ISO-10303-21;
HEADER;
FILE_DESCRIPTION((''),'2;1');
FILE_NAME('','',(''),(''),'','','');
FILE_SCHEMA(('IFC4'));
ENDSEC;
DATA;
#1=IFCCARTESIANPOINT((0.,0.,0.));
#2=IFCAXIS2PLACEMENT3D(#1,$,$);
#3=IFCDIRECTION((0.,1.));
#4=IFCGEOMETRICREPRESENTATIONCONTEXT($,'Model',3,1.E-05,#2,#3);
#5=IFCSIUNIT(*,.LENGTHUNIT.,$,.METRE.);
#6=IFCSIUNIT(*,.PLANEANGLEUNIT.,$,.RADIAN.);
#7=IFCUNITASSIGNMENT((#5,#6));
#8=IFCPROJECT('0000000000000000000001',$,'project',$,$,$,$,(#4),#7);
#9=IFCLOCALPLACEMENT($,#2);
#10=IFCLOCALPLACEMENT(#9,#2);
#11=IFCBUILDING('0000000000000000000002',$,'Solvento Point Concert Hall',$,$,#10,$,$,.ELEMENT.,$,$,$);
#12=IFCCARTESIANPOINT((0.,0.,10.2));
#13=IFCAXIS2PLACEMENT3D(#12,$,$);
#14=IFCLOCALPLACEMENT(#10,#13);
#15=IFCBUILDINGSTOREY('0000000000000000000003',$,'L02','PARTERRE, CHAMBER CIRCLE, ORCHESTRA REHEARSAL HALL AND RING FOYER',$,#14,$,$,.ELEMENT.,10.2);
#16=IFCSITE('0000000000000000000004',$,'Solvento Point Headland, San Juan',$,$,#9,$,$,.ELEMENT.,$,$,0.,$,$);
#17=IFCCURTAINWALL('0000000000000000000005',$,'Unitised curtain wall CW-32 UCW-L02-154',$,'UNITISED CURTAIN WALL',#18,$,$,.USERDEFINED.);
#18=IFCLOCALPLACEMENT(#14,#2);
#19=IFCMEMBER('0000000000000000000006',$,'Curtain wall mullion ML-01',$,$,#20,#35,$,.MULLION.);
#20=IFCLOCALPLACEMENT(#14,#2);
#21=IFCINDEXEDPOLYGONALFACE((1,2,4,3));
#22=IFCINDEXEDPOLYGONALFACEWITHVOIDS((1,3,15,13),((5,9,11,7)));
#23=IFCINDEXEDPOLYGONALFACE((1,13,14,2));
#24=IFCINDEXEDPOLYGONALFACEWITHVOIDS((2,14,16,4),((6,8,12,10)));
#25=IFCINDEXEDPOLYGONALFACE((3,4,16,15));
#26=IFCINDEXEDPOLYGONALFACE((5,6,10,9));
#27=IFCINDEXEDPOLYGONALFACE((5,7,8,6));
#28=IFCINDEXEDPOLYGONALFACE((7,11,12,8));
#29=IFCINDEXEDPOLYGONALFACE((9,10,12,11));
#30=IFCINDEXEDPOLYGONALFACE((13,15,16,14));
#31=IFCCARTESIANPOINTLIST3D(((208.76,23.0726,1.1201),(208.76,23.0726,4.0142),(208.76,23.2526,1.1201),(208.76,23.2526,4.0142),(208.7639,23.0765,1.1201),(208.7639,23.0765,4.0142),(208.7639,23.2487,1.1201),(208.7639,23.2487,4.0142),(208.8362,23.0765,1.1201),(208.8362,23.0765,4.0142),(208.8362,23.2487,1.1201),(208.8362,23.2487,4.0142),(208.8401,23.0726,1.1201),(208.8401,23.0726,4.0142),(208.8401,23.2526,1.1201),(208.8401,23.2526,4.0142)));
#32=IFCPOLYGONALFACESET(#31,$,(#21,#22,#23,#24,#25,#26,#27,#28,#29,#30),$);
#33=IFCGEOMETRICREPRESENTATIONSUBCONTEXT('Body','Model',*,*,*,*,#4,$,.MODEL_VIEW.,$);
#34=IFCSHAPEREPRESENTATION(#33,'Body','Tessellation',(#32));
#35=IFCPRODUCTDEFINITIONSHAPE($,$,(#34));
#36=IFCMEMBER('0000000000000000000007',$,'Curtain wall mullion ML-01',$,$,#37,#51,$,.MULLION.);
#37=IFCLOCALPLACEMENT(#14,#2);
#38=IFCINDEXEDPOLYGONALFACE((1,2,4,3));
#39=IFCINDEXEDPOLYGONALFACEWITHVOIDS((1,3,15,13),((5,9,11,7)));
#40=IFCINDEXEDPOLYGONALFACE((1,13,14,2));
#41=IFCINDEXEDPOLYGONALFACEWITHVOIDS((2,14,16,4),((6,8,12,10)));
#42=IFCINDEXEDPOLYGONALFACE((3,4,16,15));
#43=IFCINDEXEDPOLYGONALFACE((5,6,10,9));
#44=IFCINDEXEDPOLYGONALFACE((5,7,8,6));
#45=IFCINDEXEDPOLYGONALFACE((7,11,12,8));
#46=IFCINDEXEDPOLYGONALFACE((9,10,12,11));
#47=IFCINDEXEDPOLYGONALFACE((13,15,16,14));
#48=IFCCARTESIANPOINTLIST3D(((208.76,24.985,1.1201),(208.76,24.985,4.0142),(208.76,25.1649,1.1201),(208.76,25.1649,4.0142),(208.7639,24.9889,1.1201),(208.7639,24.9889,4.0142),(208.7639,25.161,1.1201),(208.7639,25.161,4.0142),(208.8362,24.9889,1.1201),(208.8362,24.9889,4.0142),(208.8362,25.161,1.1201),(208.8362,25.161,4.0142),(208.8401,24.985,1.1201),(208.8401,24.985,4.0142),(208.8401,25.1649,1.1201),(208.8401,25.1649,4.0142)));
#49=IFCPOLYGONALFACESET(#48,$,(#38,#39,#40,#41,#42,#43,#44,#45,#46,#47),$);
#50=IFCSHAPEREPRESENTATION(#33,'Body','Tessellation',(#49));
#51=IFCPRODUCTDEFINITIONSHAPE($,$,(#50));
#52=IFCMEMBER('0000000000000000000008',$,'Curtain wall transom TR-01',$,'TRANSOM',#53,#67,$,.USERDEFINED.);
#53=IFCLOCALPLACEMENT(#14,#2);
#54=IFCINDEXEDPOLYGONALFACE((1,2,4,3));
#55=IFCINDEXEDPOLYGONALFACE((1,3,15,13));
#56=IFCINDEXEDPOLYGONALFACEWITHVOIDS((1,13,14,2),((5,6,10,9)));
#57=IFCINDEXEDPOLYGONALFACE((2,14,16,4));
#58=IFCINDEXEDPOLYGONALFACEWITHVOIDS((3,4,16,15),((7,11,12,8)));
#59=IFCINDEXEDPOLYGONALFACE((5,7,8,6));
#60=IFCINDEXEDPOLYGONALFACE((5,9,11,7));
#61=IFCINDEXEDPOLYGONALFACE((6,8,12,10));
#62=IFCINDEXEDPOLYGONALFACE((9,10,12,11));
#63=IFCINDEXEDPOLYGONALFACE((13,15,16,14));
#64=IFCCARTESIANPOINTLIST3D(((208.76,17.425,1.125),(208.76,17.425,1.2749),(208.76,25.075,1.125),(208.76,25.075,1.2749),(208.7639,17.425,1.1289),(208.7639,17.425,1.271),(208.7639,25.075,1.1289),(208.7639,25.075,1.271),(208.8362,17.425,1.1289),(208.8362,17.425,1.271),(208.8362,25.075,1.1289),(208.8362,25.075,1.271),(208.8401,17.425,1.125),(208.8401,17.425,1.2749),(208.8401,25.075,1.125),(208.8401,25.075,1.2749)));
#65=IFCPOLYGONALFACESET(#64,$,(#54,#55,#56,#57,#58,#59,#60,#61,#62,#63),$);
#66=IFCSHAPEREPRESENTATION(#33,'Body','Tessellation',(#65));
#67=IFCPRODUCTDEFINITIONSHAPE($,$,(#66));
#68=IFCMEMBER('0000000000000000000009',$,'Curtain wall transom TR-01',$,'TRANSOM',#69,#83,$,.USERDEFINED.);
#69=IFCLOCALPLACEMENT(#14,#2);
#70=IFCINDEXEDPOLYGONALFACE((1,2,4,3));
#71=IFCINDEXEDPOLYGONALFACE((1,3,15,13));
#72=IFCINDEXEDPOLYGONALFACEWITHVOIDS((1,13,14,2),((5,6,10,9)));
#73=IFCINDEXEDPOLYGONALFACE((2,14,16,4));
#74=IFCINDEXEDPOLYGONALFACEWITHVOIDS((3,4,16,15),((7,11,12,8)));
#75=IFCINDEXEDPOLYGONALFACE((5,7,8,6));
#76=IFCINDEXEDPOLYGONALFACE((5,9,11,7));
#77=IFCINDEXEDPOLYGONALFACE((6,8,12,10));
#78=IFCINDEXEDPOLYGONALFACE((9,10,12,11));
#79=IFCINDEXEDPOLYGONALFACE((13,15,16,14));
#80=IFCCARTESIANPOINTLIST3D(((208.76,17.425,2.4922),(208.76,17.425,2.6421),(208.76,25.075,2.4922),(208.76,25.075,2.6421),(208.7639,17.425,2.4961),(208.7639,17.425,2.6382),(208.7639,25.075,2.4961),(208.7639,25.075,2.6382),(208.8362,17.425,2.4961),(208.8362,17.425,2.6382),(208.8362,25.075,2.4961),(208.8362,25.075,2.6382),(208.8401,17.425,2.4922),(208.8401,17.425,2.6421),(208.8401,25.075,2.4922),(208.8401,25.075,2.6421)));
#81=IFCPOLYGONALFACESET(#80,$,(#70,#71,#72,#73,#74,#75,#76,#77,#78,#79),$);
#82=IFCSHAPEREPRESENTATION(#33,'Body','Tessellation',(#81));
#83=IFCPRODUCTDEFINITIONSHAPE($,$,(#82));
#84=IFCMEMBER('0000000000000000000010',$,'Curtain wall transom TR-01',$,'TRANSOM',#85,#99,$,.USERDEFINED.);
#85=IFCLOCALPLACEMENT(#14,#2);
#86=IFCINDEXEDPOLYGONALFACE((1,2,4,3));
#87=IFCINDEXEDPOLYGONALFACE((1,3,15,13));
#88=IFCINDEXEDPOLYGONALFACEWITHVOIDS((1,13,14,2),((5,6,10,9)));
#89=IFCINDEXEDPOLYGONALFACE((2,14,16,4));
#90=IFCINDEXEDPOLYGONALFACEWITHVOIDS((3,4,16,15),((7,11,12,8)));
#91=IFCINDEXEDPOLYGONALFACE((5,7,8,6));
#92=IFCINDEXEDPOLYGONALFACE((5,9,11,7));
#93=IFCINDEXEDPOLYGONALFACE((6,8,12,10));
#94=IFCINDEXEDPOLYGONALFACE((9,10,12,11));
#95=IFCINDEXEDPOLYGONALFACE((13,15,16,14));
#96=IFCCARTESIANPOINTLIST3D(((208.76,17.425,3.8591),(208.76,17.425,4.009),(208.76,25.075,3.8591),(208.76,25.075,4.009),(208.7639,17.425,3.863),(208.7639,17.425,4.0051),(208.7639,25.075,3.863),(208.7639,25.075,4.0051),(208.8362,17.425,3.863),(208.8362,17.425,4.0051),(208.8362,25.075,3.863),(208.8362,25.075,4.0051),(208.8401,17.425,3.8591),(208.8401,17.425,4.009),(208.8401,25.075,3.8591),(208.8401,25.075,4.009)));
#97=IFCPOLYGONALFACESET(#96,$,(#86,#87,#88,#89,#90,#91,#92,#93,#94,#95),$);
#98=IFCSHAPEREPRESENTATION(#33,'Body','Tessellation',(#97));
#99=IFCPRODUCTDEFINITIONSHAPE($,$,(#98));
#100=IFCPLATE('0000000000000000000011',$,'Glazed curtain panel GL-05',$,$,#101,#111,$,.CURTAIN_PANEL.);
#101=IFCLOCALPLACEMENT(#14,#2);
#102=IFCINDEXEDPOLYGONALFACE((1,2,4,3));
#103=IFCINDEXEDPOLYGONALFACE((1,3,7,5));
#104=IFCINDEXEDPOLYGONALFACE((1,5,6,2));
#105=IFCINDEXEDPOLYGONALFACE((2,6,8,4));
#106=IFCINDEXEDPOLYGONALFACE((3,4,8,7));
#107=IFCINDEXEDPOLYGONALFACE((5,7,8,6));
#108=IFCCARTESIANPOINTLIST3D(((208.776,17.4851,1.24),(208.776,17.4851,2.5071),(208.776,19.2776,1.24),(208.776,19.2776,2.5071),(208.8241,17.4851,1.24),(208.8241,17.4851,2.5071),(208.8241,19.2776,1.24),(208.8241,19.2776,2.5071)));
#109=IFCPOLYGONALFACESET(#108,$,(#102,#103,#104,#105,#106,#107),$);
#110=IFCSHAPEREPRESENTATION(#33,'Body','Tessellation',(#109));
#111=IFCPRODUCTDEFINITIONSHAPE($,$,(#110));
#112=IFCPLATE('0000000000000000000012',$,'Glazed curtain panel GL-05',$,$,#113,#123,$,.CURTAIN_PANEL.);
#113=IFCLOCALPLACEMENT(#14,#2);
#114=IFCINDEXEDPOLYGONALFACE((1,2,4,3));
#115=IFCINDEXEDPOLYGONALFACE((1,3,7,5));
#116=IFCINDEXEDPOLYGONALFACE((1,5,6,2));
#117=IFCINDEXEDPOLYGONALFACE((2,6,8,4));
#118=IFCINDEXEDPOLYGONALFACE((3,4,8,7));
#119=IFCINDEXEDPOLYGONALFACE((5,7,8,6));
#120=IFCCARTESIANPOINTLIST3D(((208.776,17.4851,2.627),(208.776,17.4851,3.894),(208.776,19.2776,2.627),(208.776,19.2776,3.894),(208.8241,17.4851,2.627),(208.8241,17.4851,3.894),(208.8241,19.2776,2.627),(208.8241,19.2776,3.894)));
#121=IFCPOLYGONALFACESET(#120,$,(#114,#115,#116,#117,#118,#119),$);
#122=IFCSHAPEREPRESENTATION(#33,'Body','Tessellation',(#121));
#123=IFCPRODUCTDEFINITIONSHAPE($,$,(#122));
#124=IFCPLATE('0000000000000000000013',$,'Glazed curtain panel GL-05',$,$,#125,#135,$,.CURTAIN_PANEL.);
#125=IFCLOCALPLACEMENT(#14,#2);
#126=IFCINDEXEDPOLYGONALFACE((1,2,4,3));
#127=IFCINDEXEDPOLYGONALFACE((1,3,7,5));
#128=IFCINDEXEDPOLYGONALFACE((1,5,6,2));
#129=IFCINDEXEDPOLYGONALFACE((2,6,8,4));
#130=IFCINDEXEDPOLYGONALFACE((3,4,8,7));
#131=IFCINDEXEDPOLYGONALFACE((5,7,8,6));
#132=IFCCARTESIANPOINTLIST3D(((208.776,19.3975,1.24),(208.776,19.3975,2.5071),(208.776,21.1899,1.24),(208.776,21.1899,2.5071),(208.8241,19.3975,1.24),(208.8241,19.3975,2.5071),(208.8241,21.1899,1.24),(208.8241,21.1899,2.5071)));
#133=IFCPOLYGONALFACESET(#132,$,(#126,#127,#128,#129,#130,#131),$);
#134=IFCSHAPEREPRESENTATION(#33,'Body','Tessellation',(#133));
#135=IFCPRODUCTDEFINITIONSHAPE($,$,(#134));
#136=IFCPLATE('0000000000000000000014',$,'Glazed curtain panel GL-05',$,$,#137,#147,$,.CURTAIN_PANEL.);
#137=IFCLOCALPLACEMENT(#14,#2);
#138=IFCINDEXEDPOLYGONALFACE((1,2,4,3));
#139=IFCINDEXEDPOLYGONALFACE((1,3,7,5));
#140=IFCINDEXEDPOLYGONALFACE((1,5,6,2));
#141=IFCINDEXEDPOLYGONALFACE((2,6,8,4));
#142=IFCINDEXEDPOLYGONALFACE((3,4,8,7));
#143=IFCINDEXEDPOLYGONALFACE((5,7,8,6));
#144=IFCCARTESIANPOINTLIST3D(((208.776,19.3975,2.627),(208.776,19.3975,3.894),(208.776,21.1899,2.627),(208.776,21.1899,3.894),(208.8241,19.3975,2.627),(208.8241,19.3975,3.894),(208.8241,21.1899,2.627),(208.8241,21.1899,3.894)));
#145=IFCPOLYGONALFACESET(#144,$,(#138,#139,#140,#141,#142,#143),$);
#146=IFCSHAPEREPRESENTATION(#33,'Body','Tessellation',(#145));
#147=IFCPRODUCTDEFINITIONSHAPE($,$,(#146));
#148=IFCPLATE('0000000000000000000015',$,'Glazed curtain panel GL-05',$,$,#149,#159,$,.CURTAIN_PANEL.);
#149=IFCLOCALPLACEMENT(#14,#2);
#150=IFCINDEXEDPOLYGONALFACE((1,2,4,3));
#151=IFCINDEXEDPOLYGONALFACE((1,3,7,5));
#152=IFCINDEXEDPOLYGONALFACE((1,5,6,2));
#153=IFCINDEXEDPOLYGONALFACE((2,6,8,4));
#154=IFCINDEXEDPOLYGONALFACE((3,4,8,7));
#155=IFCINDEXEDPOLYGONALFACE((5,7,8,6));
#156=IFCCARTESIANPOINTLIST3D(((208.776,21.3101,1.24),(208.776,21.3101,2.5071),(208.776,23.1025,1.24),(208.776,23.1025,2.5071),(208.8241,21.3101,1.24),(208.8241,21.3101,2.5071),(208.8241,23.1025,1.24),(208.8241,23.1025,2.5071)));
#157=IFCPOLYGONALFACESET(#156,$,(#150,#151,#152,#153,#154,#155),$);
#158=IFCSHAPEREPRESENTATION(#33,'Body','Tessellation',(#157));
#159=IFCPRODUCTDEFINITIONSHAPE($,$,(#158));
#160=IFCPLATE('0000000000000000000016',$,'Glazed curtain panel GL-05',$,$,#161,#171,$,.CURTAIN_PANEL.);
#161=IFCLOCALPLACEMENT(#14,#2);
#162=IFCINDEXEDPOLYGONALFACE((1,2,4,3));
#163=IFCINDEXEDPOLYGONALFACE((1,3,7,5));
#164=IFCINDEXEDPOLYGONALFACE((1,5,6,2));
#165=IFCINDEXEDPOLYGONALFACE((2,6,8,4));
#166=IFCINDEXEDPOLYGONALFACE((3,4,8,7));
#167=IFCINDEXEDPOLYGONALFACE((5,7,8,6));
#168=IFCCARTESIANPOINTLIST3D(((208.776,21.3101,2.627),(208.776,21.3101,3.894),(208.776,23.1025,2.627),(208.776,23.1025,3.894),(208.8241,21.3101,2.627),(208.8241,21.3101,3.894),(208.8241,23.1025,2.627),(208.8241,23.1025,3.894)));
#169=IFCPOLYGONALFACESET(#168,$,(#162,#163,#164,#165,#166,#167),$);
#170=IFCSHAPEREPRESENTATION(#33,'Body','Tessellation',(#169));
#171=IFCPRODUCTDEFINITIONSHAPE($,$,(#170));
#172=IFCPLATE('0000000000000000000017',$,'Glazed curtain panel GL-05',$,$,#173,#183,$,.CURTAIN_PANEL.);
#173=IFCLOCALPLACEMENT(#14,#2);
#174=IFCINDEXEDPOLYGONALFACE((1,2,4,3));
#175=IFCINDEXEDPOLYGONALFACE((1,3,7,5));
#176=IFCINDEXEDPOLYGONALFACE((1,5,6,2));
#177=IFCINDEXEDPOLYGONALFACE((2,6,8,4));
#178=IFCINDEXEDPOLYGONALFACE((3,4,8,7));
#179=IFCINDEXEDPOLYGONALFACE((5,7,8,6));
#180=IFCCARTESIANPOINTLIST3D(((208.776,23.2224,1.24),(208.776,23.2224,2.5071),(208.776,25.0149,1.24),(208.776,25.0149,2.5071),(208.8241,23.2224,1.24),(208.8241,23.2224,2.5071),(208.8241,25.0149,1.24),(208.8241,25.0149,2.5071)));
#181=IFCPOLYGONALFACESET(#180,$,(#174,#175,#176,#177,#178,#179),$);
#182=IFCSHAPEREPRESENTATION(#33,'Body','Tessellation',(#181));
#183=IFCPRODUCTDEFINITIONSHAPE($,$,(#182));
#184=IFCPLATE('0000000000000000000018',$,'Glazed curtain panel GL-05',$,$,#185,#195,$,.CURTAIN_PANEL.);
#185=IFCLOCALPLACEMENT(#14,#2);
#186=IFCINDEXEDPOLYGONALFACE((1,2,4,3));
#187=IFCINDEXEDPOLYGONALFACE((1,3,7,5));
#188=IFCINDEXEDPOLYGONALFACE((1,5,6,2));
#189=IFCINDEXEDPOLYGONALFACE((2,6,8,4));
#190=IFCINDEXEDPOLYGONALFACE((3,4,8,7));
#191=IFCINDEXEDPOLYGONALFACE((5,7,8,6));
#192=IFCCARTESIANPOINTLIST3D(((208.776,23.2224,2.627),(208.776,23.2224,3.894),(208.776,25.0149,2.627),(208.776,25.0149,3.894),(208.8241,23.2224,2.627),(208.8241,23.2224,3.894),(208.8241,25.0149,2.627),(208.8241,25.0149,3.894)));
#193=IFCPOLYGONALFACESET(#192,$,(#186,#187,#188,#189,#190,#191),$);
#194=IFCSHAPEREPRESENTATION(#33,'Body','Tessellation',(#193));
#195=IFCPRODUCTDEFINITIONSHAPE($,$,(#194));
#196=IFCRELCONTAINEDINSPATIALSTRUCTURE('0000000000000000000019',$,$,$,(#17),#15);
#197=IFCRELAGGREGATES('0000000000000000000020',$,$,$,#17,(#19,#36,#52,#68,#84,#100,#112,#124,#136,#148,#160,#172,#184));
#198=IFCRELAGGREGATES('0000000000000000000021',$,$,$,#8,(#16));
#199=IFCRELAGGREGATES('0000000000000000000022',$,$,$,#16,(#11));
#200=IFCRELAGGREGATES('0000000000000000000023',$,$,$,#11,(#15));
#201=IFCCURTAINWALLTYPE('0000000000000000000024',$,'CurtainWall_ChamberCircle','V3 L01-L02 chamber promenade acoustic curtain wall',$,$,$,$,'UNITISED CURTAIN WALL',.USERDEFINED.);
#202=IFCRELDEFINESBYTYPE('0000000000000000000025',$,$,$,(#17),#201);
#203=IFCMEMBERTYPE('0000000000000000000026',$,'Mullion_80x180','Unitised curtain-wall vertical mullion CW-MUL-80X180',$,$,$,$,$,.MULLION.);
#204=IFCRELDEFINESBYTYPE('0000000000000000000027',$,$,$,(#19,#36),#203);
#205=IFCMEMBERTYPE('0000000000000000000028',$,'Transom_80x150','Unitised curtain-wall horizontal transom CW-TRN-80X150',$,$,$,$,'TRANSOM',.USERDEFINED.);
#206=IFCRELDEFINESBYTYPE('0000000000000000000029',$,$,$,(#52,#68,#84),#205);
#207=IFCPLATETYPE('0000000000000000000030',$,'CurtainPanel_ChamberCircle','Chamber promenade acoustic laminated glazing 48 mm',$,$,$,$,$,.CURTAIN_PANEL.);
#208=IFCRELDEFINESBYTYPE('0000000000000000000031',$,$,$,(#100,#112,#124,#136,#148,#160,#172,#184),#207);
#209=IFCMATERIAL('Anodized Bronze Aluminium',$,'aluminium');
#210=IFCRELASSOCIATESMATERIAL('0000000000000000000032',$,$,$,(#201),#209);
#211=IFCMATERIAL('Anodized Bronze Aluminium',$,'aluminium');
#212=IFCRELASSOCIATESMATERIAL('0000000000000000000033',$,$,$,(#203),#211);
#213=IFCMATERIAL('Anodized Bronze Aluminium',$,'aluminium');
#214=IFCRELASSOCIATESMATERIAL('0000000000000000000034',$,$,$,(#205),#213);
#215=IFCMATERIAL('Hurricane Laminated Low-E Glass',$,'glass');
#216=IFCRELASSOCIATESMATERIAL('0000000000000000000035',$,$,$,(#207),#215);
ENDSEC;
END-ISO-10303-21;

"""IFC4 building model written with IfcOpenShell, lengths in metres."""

from ifc_helpers import new_model, si_unit, direction, frame, origin, origin_2d, place, context, subcontext, project, spatial, rectangle, hollow_rectangle, extrude, material, material_profile, profile_set, type_object, element, aggregate, save


model = new_model("IFC4")

# Units and contexts
model_context = context("Model", 3, precision=1e-05, world=origin(), true_north=direction((0.0, 1.0)))
body_context = subcontext(model_context, "Body", "Model", "MODEL_VIEW")
ifc_project = project(units=[si_unit("LENGTHUNIT", "METRE"), si_unit("PLANEANGLEUNIT", "RADIAN")], contexts=[model_context])

# Site, building, storey
site_placement = place(None, origin())
site = spatial("IfcSite", under=ifc_project, at=site_placement, Name="Solvento Point Headland, San Juan", CompositionType="ELEMENT", RefElevation=0.0)
building_placement = place(site_placement, origin())
building = spatial("IfcBuilding", under=site, at=building_placement, Name="Solvento Point Concert Hall", CompositionType="ELEMENT")
storey_placement = place(building_placement, frame((0.0, 0.0, 10.2)))
storey = spatial("IfcBuildingStorey", under=building, at=storey_placement, Name="L02", Description="PARTERRE, CHAMBER CIRCLE, ORCHESTRA REHEARSAL HALL AND RING FOYER", CompositionType="ELEMENT", Elevation=10.2)

# Curtain wall, members, plates
ifc_material_1 = material(Name="Anodized Bronze Aluminium", Category="aluminium")
curtain_wall_type = type_object("IfcCurtainWallType", Name="CurtainWall_ChamberCircle", Description="V3 L01-L02 chamber promenade acoustic curtain wall", ElementType="UNITISED CURTAIN WALL", PredefinedType="USERDEFINED", material=ifc_material_1)
curtain_wall_placement = place(storey_placement, origin())
curtain_wall = element("IfcCurtainWall", 1, at=curtain_wall_placement, inside=storey, type_object=curtain_wall_type, Name="Unitised curtain wall CW-32 UCW-L02-154", ObjectType="UNITISED CURTAIN WALL", PredefinedType="USERDEFINED")
ifc_material_2 = material(Name="Anodized Bronze Aluminium", Category="aluminium")
ifc_material_profile_1 = material_profile(ifc_material_2, hollow_rectangle(XDim=0.0801, YDim=0.1799, WallThickness=0.0039, at=origin_2d()), Name="CW-MUL-80X180")
ifc_profile_set_1 = profile_set([ifc_material_profile_1], Name="Anodized Bronze Aluminium")
member_type_1 = type_object("IfcMemberType", Name="Mullion_80x180", Description="Unitised curtain-wall vertical mullion CW-MUL-80X180", PredefinedType="MULLION", material=ifc_profile_set_1)
member_1_placement = place(storey_placement, frame((208.8, 23.1626, 1.1201), z_axis=(0.0, 0.0, 1.0), x_axis=(1.0, 0.0, 0.0)))
member_1 = element("IfcMember", 2, at=member_1_placement, type_object=member_type_1, Name="Curtain wall mullion ML-01", PredefinedType="MULLION", context=body_context, shape_type="SweptSolid", body=[
    extrude(hollow_rectangle(XDim=0.0801, YDim=0.1799, WallThickness=0.0039, at=origin_2d()), origin(), (0.0, 0.0, 1.0), 2.894),
])
member_2_placement = place(storey_placement, frame((208.8, 25.075, 1.1201), z_axis=(0.0, 0.0, 1.0), x_axis=(1.0, 0.0, 0.0)))
member_2 = element("IfcMember", 3, at=member_2_placement, type_object=member_type_1, Name="Curtain wall mullion ML-01", PredefinedType="MULLION", context=body_context, shape_type="SweptSolid", body=[
    extrude(hollow_rectangle(XDim=0.0801, YDim=0.1799, WallThickness=0.0039, at=origin_2d()), origin(), (0.0, 0.0, 1.0), 2.894),
])
ifc_material_3 = material(Name="Anodized Bronze Aluminium", Category="aluminium")
ifc_material_profile_2 = material_profile(ifc_material_3, hollow_rectangle(XDim=0.0801, YDim=0.1499, WallThickness=0.0039, at=origin_2d()), Name="CW-TRN-80X150")
ifc_profile_set_2 = profile_set([ifc_material_profile_2], Name="Anodized Bronze Aluminium")
member_type_2 = type_object("IfcMemberType", Name="Transom_80x150", Description="Unitised curtain-wall horizontal transom CW-TRN-80X150", ElementType="TRANSOM", PredefinedType="USERDEFINED", material=ifc_profile_set_2)
member_3_placement = place(storey_placement, frame((208.8, 17.425, 1.2), z_axis=(0.0, 1.0, 0.0), x_axis=(-1.0, 0.0, 0.0)))
member_3 = element("IfcMember", 4, at=member_3_placement, type_object=member_type_2, Name="Curtain wall transom TR-01", ObjectType="TRANSOM", PredefinedType="USERDEFINED", context=body_context, shape_type="SweptSolid", body=[
    extrude(hollow_rectangle(XDim=0.0801, YDim=0.1499, WallThickness=0.0039, at=origin_2d()), origin(), (0.0, 0.0, 1.0), 7.6499),
])
member_4_placement = place(storey_placement, frame((208.8, 17.425, 2.5671), z_axis=(0.0, 1.0, 0.0), x_axis=(-1.0, 0.0, 0.0)))
member_4 = element("IfcMember", 5, at=member_4_placement, type_object=member_type_2, Name="Curtain wall transom TR-01", ObjectType="TRANSOM", PredefinedType="USERDEFINED", context=body_context, shape_type="SweptSolid", body=[
    extrude(hollow_rectangle(XDim=0.0801, YDim=0.1499, WallThickness=0.0039, at=origin_2d()), origin(), (0.0, 0.0, 1.0), 7.6499),
])
member_5_placement = place(storey_placement, frame((208.8, 17.425, 3.9341), z_axis=(0.0, 1.0, 0.0), x_axis=(-1.0, 0.0, 0.0)))
member_5 = element("IfcMember", 6, at=member_5_placement, type_object=member_type_2, Name="Curtain wall transom TR-01", ObjectType="TRANSOM", PredefinedType="USERDEFINED", context=body_context, shape_type="SweptSolid", body=[
    extrude(hollow_rectangle(XDim=0.0801, YDim=0.1499, WallThickness=0.0039, at=origin_2d()), origin(), (0.0, 0.0, 1.0), 7.6499),
])
ifc_material_4 = material(Name="Hurricane Laminated Low-E Glass", Category="glass")
plate_type = type_object("IfcPlateType", Name="CurtainPanel_ChamberCircle", Description="Chamber promenade acoustic laminated glazing 48 mm", PredefinedType="CURTAIN_PANEL", material=ifc_material_4)
plate_1_placement = place(storey_placement, frame((208.8, 18.3813, 1.24), z_axis=(0.0, 0.0, 1.0), x_axis=(0.0, 1.0, 0.0)))
plate_1 = element("IfcPlate", 7, at=plate_1_placement, type_object=plate_type, Name="Glazed curtain panel GL-05", PredefinedType="CURTAIN_PANEL", context=body_context, shape_type="SweptSolid", body=[
    extrude(rectangle(XDim=1.7925, YDim=0.0481, at=origin_2d()), origin(), (0.0, 0.0, 1.0), 1.2671),
])
plate_2_placement = place(storey_placement, frame((208.8, 18.3813, 2.627), z_axis=(0.0, 0.0, 1.0), x_axis=(0.0, 1.0, 0.0)))
plate_2 = element("IfcPlate", 8, at=plate_2_placement, type_object=plate_type, Name="Glazed curtain panel GL-05", PredefinedType="CURTAIN_PANEL", context=body_context, shape_type="SweptSolid", body=[
    extrude(rectangle(XDim=1.7925, YDim=0.0481, at=origin_2d()), origin(), (0.0, 0.0, 1.0), 1.2671),
])
plate_3_placement = place(storey_placement, frame((208.8, 20.2937, 1.24), z_axis=(0.0, 0.0, 1.0), x_axis=(0.0, 1.0, 0.0)))
plate_3 = element("IfcPlate", 9, at=plate_3_placement, type_object=plate_type, Name="Glazed curtain panel GL-05", PredefinedType="CURTAIN_PANEL", context=body_context, shape_type="SweptSolid", body=[
    extrude(rectangle(XDim=1.7925, YDim=0.0481, at=origin_2d()), origin(), (0.0, 0.0, 1.0), 1.2671),
])
plate_4_placement = place(storey_placement, frame((208.8, 20.2937, 2.627), z_axis=(0.0, 0.0, 1.0), x_axis=(0.0, 1.0, 0.0)))
plate_4 = element("IfcPlate", 10, at=plate_4_placement, type_object=plate_type, Name="Glazed curtain panel GL-05", PredefinedType="CURTAIN_PANEL", context=body_context, shape_type="SweptSolid", body=[
    extrude(rectangle(XDim=1.7925, YDim=0.0481, at=origin_2d()), origin(), (0.0, 0.0, 1.0), 1.2671),
])
plate_5_placement = place(storey_placement, frame((208.8, 22.2063, 1.24), z_axis=(0.0, 0.0, 1.0), x_axis=(0.0, 1.0, 0.0)))
plate_5 = element("IfcPlate", 11, at=plate_5_placement, type_object=plate_type, Name="Glazed curtain panel GL-05", PredefinedType="CURTAIN_PANEL", context=body_context, shape_type="SweptSolid", body=[
    extrude(rectangle(XDim=1.7925, YDim=0.0481, at=origin_2d()), origin(), (0.0, 0.0, 1.0), 1.2671),
])
plate_6_placement = place(storey_placement, frame((208.8, 22.2063, 2.627), z_axis=(0.0, 0.0, 1.0), x_axis=(0.0, 1.0, 0.0)))
plate_6 = element("IfcPlate", 12, at=plate_6_placement, type_object=plate_type, Name="Glazed curtain panel GL-05", PredefinedType="CURTAIN_PANEL", context=body_context, shape_type="SweptSolid", body=[
    extrude(rectangle(XDim=1.7925, YDim=0.0481, at=origin_2d()), origin(), (0.0, 0.0, 1.0), 1.2671),
])
plate_7_placement = place(storey_placement, frame((208.8, 24.1187, 1.24), z_axis=(0.0, 0.0, 1.0), x_axis=(0.0, 1.0, 0.0)))
plate_7 = element("IfcPlate", 13, at=plate_7_placement, type_object=plate_type, Name="Glazed curtain panel GL-05", PredefinedType="CURTAIN_PANEL", context=body_context, shape_type="SweptSolid", body=[
    extrude(rectangle(XDim=1.7925, YDim=0.0481, at=origin_2d()), origin(), (0.0, 0.0, 1.0), 1.2671),
])
plate_8_placement = place(storey_placement, frame((208.8, 24.1187, 2.627), z_axis=(0.0, 0.0, 1.0), x_axis=(0.0, 1.0, 0.0)))
plate_8 = element("IfcPlate", 14, at=plate_8_placement, type_object=plate_type, Name="Glazed curtain panel GL-05", PredefinedType="CURTAIN_PANEL", context=body_context, shape_type="SweptSolid", body=[
    extrude(rectangle(XDim=1.7925, YDim=0.0481, at=origin_2d()), origin(), (0.0, 0.0, 1.0), 1.2671),
])
aggregate(curtain_wall, [member_1, member_2, member_3, member_4, member_5, plate_1, plate_2, plate_3, plate_4, plate_5, plate_6, plate_7, plate_8])

save(model, "model.ifc")
